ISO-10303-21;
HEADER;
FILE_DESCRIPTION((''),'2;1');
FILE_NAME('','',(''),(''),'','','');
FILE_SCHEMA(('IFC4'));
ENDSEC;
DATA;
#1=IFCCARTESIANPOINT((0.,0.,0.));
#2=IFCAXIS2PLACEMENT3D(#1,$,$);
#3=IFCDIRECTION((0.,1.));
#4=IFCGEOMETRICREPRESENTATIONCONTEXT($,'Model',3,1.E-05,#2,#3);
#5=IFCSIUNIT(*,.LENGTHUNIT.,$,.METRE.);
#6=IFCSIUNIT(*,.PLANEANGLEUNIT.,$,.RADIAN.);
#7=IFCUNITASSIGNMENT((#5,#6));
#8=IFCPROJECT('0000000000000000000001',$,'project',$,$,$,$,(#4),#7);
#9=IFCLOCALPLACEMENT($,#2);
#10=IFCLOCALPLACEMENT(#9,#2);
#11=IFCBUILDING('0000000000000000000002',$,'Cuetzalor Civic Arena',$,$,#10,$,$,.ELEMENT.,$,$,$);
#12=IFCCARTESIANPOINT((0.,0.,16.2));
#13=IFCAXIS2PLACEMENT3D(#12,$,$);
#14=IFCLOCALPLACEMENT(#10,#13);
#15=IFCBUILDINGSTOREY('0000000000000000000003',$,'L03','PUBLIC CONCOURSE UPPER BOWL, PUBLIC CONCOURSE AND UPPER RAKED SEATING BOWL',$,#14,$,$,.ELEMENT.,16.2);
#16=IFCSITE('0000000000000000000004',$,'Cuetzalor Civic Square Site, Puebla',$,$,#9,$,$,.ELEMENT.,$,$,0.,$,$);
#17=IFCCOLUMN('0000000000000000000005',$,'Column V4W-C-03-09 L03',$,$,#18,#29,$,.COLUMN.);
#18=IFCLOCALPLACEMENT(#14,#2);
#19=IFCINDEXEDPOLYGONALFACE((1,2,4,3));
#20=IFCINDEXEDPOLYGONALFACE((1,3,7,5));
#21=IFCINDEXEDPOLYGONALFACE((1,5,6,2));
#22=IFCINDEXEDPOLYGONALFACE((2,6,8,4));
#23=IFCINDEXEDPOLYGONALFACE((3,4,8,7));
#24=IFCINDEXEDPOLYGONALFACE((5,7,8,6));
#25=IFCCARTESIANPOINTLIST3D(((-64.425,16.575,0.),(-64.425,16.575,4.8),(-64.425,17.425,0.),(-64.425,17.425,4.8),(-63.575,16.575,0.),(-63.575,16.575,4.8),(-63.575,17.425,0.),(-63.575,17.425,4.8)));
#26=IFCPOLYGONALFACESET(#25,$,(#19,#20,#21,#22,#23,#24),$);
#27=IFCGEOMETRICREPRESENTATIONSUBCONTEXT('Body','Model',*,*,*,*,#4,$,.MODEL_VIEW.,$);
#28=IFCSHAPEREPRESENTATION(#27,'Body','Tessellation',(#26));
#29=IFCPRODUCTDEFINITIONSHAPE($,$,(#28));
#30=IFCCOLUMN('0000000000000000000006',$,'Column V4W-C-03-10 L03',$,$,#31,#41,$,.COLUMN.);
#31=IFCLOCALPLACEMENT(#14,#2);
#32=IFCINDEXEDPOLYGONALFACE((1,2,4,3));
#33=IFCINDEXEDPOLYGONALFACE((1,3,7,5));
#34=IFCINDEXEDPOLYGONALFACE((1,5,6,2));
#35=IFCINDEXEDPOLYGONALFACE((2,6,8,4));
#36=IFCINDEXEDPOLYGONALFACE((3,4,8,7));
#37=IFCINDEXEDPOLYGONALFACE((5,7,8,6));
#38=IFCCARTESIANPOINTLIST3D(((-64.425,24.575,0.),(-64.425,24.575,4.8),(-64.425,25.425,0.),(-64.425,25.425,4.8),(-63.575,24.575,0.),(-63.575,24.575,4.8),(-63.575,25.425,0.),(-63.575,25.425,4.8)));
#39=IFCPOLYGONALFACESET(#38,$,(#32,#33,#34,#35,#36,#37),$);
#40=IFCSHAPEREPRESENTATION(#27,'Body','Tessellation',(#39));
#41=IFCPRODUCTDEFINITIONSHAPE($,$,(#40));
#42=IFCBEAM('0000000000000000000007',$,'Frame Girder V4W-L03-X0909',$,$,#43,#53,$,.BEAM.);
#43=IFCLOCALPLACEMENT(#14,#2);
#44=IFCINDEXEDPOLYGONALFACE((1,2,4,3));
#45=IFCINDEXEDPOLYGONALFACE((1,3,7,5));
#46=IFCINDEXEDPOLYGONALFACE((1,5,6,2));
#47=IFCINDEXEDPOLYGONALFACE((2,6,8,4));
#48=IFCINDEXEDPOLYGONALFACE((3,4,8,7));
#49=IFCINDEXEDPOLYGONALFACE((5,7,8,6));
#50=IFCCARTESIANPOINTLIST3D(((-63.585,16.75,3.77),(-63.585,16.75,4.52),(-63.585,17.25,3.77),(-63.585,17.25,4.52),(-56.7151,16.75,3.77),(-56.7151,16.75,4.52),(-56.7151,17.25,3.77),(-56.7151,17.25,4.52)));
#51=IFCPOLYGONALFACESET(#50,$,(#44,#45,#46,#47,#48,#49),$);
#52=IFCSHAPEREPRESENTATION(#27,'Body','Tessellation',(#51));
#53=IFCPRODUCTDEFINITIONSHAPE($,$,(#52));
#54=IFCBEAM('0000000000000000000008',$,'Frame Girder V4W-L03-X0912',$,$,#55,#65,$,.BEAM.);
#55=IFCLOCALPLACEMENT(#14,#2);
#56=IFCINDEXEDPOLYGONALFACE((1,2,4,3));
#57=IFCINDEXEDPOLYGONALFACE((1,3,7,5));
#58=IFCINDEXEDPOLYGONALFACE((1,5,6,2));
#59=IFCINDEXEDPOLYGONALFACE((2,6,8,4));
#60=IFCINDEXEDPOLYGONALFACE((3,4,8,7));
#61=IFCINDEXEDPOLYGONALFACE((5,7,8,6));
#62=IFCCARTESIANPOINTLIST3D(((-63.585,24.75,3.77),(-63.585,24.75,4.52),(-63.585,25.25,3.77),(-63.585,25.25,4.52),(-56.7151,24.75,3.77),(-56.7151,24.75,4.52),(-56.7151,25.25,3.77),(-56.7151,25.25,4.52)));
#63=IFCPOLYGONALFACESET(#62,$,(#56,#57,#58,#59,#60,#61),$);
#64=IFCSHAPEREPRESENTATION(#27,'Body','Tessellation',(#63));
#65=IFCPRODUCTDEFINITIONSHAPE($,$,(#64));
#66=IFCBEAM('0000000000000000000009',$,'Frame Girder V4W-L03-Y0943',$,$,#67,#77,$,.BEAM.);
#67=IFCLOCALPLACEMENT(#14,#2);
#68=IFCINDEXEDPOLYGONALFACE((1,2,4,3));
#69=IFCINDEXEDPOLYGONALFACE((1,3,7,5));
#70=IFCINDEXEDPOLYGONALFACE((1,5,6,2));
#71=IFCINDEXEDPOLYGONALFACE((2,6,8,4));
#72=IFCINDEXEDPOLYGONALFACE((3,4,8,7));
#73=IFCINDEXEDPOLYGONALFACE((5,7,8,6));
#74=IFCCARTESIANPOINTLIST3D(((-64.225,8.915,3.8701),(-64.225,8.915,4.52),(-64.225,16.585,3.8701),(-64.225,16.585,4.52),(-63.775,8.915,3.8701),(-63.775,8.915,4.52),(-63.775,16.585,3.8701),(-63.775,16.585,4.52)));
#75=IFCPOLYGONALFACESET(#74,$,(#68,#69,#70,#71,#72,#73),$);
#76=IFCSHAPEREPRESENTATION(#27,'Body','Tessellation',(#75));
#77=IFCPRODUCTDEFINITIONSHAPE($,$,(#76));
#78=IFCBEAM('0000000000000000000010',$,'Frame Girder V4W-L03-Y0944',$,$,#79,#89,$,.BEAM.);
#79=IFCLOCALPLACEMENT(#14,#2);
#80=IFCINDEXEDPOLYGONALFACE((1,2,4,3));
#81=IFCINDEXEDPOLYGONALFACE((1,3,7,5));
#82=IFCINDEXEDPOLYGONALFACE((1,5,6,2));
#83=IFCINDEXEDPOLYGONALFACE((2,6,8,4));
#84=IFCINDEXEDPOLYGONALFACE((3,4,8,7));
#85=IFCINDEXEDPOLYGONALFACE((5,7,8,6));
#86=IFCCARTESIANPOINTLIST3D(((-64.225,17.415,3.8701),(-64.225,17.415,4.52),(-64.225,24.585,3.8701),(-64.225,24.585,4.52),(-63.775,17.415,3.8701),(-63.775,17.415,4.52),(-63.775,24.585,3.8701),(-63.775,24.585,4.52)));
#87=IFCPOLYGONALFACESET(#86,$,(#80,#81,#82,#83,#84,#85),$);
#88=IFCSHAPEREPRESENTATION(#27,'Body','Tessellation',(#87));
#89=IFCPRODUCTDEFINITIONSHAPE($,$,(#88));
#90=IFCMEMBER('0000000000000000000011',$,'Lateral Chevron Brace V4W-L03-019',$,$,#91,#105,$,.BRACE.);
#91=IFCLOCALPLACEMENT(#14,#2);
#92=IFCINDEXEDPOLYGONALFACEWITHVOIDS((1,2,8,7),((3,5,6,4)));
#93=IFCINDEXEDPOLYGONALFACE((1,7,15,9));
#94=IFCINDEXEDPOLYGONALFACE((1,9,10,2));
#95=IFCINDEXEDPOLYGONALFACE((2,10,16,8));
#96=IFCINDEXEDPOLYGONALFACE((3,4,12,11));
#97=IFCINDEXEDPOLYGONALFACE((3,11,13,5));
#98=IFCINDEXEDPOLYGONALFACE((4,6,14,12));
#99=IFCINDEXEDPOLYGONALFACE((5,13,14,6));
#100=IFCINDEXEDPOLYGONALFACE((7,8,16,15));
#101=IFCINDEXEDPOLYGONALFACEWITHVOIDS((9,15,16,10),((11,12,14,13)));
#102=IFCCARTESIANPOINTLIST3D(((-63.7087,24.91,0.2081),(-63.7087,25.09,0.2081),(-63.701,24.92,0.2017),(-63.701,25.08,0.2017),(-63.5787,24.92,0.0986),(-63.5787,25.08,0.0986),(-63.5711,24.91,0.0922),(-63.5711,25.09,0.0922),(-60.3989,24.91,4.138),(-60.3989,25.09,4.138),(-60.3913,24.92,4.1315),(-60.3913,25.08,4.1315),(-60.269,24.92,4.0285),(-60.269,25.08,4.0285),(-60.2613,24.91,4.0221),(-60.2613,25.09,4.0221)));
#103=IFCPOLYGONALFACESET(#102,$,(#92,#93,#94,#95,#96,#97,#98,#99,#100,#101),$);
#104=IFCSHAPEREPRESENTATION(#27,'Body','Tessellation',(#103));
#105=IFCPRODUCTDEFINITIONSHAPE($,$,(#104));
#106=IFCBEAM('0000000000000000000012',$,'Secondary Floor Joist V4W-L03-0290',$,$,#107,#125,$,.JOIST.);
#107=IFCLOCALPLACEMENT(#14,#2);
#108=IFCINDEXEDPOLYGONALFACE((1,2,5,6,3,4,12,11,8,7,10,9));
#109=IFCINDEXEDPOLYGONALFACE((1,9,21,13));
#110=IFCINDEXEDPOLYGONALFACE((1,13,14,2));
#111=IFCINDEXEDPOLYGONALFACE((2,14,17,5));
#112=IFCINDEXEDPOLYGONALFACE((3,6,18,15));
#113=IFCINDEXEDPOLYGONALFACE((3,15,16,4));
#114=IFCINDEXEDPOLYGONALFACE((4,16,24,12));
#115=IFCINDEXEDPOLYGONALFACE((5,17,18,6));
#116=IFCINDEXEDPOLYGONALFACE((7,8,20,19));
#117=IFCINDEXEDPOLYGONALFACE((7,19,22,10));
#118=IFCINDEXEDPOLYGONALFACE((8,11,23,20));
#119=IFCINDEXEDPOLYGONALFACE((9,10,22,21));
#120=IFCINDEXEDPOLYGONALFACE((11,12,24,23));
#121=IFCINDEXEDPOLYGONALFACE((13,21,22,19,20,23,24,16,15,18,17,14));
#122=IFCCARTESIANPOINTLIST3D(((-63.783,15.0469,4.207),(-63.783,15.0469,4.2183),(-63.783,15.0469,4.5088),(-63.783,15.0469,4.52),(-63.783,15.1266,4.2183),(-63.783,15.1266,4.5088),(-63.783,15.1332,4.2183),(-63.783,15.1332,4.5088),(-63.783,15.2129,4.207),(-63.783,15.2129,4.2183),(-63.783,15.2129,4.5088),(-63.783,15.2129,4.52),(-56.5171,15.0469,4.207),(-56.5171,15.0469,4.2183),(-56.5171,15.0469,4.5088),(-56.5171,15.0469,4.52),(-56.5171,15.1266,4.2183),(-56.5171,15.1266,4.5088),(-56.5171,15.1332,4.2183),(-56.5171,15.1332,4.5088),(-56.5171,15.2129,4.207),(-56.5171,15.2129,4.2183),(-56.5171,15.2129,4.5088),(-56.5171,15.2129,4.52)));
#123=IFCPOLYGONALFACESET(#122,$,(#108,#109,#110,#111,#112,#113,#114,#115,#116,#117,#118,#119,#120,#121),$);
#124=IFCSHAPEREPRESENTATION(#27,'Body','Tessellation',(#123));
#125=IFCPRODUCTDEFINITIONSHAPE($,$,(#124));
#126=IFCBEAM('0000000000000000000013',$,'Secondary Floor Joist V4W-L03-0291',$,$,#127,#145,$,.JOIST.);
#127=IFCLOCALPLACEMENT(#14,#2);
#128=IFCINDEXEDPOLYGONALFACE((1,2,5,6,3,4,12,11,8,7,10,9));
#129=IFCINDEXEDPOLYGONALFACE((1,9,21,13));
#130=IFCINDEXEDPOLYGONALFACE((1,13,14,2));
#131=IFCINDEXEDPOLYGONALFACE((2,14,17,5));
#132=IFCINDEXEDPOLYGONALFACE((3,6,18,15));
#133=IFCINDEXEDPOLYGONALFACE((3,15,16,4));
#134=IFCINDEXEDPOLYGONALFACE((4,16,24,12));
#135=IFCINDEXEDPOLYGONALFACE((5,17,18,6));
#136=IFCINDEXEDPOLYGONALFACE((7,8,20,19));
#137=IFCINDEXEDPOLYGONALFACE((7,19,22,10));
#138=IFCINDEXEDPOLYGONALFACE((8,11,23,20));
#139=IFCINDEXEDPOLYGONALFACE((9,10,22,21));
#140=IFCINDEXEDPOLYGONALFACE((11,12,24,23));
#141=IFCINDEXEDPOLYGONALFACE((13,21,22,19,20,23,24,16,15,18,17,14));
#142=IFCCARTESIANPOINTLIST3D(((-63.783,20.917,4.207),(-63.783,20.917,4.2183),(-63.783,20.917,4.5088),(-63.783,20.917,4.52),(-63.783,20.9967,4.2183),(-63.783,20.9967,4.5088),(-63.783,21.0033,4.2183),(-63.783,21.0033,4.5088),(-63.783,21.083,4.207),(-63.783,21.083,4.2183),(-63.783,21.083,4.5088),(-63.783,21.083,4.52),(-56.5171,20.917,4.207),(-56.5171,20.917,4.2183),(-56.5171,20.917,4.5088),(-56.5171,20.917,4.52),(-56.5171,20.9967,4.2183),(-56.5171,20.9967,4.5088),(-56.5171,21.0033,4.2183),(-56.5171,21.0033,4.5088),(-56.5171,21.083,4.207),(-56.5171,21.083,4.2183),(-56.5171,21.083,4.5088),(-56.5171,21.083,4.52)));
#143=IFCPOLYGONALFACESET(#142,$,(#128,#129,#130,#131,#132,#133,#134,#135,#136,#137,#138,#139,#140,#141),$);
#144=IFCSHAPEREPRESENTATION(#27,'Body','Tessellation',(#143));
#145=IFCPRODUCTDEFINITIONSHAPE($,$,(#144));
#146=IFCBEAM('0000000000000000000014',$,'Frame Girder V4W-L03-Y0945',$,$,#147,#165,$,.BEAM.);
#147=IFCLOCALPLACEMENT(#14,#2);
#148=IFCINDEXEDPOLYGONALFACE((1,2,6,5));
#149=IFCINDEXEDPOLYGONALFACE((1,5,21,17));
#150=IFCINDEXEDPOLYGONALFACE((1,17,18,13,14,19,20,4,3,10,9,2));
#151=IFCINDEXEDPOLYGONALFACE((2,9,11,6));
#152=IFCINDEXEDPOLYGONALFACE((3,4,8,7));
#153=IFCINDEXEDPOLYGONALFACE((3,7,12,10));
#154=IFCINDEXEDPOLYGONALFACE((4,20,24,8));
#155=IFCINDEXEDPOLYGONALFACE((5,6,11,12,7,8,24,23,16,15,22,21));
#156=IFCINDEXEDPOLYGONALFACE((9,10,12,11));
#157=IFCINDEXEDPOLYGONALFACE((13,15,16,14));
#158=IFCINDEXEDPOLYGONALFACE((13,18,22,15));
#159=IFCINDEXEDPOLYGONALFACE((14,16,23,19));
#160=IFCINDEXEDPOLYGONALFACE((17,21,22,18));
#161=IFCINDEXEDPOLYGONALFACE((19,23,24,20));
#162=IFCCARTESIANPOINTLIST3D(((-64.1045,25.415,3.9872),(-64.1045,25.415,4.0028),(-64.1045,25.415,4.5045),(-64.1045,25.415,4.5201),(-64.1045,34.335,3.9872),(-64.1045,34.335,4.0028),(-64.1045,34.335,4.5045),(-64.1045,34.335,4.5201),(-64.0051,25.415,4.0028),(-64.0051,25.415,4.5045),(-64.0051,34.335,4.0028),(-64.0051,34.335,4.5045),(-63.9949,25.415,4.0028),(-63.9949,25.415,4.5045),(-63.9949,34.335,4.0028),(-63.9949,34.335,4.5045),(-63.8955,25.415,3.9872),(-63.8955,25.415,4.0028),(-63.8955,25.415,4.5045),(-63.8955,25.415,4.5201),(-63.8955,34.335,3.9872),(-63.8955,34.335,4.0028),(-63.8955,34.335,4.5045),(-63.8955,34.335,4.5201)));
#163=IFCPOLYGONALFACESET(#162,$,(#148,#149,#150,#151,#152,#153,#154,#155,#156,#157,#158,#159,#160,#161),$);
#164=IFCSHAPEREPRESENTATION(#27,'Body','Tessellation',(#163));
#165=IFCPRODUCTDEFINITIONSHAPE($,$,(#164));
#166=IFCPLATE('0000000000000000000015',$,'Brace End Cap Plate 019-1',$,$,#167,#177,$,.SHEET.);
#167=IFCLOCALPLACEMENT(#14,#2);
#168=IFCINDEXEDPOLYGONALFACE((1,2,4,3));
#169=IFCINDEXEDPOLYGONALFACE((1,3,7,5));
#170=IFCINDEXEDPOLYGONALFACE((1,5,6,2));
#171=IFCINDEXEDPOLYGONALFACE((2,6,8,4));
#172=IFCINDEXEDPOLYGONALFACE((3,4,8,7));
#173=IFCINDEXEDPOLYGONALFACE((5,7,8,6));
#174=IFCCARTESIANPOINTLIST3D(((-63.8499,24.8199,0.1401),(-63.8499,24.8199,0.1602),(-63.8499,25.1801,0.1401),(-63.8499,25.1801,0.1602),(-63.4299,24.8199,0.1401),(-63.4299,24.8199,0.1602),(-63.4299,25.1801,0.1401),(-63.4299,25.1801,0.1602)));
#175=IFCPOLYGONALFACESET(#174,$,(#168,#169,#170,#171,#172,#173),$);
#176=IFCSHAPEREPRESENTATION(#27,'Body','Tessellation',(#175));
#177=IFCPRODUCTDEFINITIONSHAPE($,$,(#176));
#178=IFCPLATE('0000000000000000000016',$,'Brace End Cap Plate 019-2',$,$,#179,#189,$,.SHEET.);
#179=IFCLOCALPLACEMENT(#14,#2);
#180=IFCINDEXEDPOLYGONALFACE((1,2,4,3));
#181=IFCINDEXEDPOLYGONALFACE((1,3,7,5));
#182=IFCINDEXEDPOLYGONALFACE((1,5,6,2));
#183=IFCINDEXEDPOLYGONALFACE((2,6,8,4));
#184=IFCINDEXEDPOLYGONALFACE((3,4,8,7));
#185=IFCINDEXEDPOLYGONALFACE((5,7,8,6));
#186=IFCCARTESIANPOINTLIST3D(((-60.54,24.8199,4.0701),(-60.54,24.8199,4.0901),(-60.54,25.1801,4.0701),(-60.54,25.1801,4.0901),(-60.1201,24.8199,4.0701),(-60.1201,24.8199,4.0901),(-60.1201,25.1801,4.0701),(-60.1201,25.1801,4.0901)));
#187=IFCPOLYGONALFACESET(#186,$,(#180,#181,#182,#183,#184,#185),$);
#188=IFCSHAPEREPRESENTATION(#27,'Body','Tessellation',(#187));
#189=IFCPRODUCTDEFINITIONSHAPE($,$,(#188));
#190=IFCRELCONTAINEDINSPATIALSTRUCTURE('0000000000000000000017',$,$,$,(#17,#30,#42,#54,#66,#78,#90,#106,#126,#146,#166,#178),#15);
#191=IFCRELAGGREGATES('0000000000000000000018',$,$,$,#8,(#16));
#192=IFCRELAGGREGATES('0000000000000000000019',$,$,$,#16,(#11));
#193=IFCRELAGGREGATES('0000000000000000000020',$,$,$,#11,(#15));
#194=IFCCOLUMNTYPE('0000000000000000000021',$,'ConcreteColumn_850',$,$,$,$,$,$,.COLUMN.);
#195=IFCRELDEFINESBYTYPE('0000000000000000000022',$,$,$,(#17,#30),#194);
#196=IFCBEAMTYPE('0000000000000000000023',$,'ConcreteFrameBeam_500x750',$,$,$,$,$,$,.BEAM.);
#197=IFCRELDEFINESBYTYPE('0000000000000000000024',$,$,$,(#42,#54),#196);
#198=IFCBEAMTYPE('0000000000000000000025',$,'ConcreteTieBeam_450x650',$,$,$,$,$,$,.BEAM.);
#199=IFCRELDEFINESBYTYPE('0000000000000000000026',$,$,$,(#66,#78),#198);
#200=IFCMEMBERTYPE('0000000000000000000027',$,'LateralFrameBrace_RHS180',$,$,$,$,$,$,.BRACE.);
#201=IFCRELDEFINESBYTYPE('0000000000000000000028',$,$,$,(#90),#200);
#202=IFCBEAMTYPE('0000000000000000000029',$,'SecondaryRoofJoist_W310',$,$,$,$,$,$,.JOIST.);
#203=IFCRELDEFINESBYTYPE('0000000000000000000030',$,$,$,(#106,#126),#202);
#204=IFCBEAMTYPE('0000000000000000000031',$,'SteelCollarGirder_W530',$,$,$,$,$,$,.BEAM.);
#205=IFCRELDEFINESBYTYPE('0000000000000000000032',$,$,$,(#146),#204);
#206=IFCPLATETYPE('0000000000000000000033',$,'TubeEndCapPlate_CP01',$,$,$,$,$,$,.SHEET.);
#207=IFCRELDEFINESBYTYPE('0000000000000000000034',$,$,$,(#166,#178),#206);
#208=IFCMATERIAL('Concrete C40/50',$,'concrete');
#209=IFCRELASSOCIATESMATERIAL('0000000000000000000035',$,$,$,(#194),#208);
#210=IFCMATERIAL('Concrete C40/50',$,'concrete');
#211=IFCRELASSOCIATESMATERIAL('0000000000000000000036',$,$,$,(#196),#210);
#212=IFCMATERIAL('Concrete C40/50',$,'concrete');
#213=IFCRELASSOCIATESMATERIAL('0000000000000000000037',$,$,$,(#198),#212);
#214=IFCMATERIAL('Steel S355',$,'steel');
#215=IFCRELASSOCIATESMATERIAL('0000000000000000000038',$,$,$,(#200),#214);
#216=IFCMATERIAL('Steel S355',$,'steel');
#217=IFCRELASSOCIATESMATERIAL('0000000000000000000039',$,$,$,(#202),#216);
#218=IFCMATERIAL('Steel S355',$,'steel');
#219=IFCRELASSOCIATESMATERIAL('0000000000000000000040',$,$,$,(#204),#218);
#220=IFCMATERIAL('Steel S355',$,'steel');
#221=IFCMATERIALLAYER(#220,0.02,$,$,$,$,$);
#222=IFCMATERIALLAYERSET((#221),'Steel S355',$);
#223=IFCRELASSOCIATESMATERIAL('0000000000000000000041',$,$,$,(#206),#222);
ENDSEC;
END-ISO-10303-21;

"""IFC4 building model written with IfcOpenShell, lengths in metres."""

from ifc_helpers import new_model, si_unit, direction, frame, origin, origin_2d, place, context, subcontext, project, spatial, rectangle, hollow_rectangle, i_section, extrude, material, layer, layer_set, material_profile, profile_set, type_object, element, save


model = new_model("IFC4")

# Units and contexts
model_context = context("Model", 3, precision=1e-05, world=origin(), true_north=direction((0.0, 1.0)))
body_context = subcontext(model_context, "Body", "Model", "MODEL_VIEW")
ifc_project = project(units=[si_unit("LENGTHUNIT", "METRE"), si_unit("PLANEANGLEUNIT", "RADIAN")], contexts=[model_context])

# Site, building, storey
site_placement = place(None, origin())
site = spatial("IfcSite", under=ifc_project, at=site_placement, Name="Cuetzalor Civic Square Site, Puebla", CompositionType="ELEMENT", RefElevation=0.0)
building_placement = place(site_placement, origin())
building = spatial("IfcBuilding", under=site, at=building_placement, Name="Cuetzalor Civic Arena", CompositionType="ELEMENT")
storey_placement = place(building_placement, frame((0.0, 0.0, 16.2)))
storey = spatial("IfcBuildingStorey", under=building, at=storey_placement, Name="L03", Description="PUBLIC CONCOURSE UPPER BOWL, PUBLIC CONCOURSE AND UPPER RAKED SEATING BOWL", CompositionType="ELEMENT", Elevation=16.2)

# Columns
ifc_material_1 = material(Name="Concrete C40/50", Category="concrete")
ifc_material_profile_1 = material_profile(ifc_material_1, rectangle(XDim=0.8501, YDim=0.8501, at=origin_2d()), Name="RC 850x850")
ifc_profile_set_1 = profile_set([ifc_material_profile_1], Name="Concrete C40/50")
column_type = type_object("IfcColumnType", Name="ConcreteColumn_850", PredefinedType="COLUMN", material=ifc_profile_set_1)
for number, where, z_axis, x_axis, name in (
    (1, (-64.0, 17.0, 0.0), (0.0, 0.0, 1.0), (1.0, 0.0, 0.0), "Column V4W-C-03-09 L03"),
    (2, (-64.0, 25.0, 0.0), (0.0, 0.0, 1.0), (1.0, 0.0, 0.0), "Column V4W-C-03-10 L03"),
):
    element("IfcColumn", number, at=place(storey_placement, frame(where, z_axis=z_axis, x_axis=x_axis)), inside=storey, type_object=column_type, Name=name, PredefinedType="COLUMN", context=body_context, shape_type="SweptSolid", body=[
        extrude(rectangle(XDim=0.8501, YDim=0.8501, at=origin_2d()), origin(), (0.0, 0.0, 1.0), 4.8),
    ])

# Beams
ifc_material_2 = material(Name="Concrete C40/50", Category="concrete")
ifc_material_profile_2 = material_profile(ifc_material_2, rectangle(XDim=0.5, YDim=0.75, at=origin_2d()), Name="RC 500x750")
ifc_profile_set_2 = profile_set([ifc_material_profile_2], Name="Concrete C40/50")
beam_type_1 = type_object("IfcBeamType", Name="ConcreteFrameBeam_500x750", PredefinedType="BEAM", material=ifc_profile_set_2)
for number, where, z_axis, x_axis, name in (
    (3, (-63.585, 17.0, 4.145), (1.0, 0.0, 0.0), (0.0, 1.0, 0.0), "Frame Girder V4W-L03-X0909"),
    (4, (-63.585, 25.0, 4.145), (1.0, 0.0, 0.0), (0.0, 1.0, 0.0), "Frame Girder V4W-L03-X0912"),
):
    element("IfcBeam", number, at=place(storey_placement, frame(where, z_axis=z_axis, x_axis=x_axis)), inside=storey, type_object=beam_type_1, Name=name, PredefinedType="BEAM", context=body_context, shape_type="SweptSolid", body=[
        extrude(rectangle(XDim=0.5, YDim=0.75, at=origin_2d()), origin(), (0.0, 0.0, 1.0), 6.8699),
    ])
ifc_material_3 = material(Name="Concrete C40/50", Category="concrete")
ifc_material_profile_3 = material_profile(ifc_material_3, rectangle(XDim=0.45, YDim=0.6499, at=origin_2d()), Name="RC 450x650")
ifc_profile_set_3 = profile_set([ifc_material_profile_3], Name="Concrete C40/50")
beam_type_2 = type_object("IfcBeamType", Name="ConcreteTieBeam_450x650", PredefinedType="BEAM", material=ifc_profile_set_3)
beam_1_placement = place(storey_placement, frame((-64.0, 8.915, 4.1951), z_axis=(0.0, 1.0, 0.0), x_axis=(-1.0, 0.0, 0.0)))
element("IfcBeam", 5, at=beam_1_placement, inside=storey, type_object=beam_type_2, Name="Frame Girder V4W-L03-Y0943", PredefinedType="BEAM", context=body_context, shape_type="SweptSolid", body=[
    extrude(rectangle(XDim=0.45, YDim=0.6499, at=origin_2d()), origin(), (0.0, 0.0, 1.0), 7.6699),
])
beam_2_placement = place(storey_placement, frame((-64.0, 17.415, 4.1951), z_axis=(0.0, 1.0, 0.0), x_axis=(-1.0, 0.0, 0.0)))
element("IfcBeam", 6, at=beam_2_placement, inside=storey, type_object=beam_type_2, Name="Frame Girder V4W-L03-Y0944", PredefinedType="BEAM", context=body_context, shape_type="SweptSolid", body=[
    extrude(rectangle(XDim=0.45, YDim=0.6499, at=origin_2d()), origin(), (0.0, 0.0, 1.0), 7.1699),
])

# Member
ifc_material_4 = material(Name="Steel S355", Category="steel")
ifc_material_profile_4 = material_profile(ifc_material_4, hollow_rectangle(XDim=0.1799, YDim=0.1799, WallThickness=0.01, at=origin_2d()), Name="RHS 180x180x10")
ifc_profile_set_4 = profile_set([ifc_material_profile_4], Name="Steel S355")
member_type = type_object("IfcMemberType", Name="LateralFrameBrace_RHS180", PredefinedType="BRACE", material=ifc_profile_set_4)
member_placement = place(storey_placement, frame((-63.6399, 25.0, 0.1501), z_axis=(0.644181, 0.0, 0.764873), x_axis=(0.0, 1.0, 0.0)))
element("IfcMember", 7, at=member_placement, inside=storey, type_object=member_type, Name="Lateral Chevron Brace V4W-L03-019", PredefinedType="BRACE", context=body_context, shape_type="SweptSolid", body=[
    extrude(hollow_rectangle(XDim=0.1799, YDim=0.1799, WallThickness=0.01, at=origin_2d()), origin(), (0.0, 0.0, 1.0), 5.1379),
])

# Beams
ifc_material_5 = material(Name="Steel S355", Category="steel")
ifc_material_profile_5 = material_profile(ifc_material_5, i_section(OverallWidth=0.166, OverallDepth=0.313, WebThickness=0.0066, FlangeThickness=0.0112, at=origin_2d()), Name="W310x45")
ifc_profile_set_5 = profile_set([ifc_material_profile_5], Name="Steel S355")
beam_type_3 = type_object("IfcBeamType", Name="SecondaryRoofJoist_W310", PredefinedType="JOIST", material=ifc_profile_set_5)
for number, where, z_axis, x_axis, name in (
    (8, (-63.783, 15.1299, 4.3635), (1.0, 0.0, 0.0), (0.0, 1.0, 0.0), "Secondary Floor Joist V4W-L03-0290"),
    (9, (-63.783, 21.0, 4.3635), (1.0, 0.0, 0.0), (0.0, 1.0, 0.0), "Secondary Floor Joist V4W-L03-0291"),
):
    element("IfcBeam", number, at=place(storey_placement, frame(where, z_axis=z_axis, x_axis=x_axis)), inside=storey, type_object=beam_type_3, Name=name, PredefinedType="JOIST", context=body_context, shape_type="SweptSolid", body=[
        extrude(i_section(OverallWidth=0.166, OverallDepth=0.313, WebThickness=0.0066, FlangeThickness=0.0112, at=origin_2d()), origin(), (0.0, 0.0, 1.0), 7.2659),
    ])
ifc_material_6 = material(Name="Steel S355", Category="steel")
ifc_material_profile_6 = material_profile(ifc_material_6, i_section(OverallWidth=0.209, OverallDepth=0.533, WebThickness=0.0103, FlangeThickness=0.0156, at=origin_2d()), Name="W530x92")
ifc_profile_set_6 = profile_set([ifc_material_profile_6], Name="Steel S355")
beam_type_4 = type_object("IfcBeamType", Name="SteelCollarGirder_W530", PredefinedType="BEAM", material=ifc_profile_set_6)
beam_3_placement = place(storey_placement, frame((-64.0, 25.415, 4.2537), z_axis=(0.0, 1.0, 0.0), x_axis=(-1.0, 0.0, 0.0)))
element("IfcBeam", 10, at=beam_3_placement, inside=storey, type_object=beam_type_4, Name="Frame Girder V4W-L03-Y0945", PredefinedType="BEAM", context=body_context, shape_type="SweptSolid", body=[
    extrude(i_section(OverallWidth=0.209, OverallDepth=0.533, WebThickness=0.0103, FlangeThickness=0.0156, at=origin_2d()), origin(), (0.0, 0.0, 1.0), 8.9199),
])

# Plates
ifc_material_7 = material(Name="Steel S355", Category="steel")
ifc_layer_1 = layer(ifc_material_7, 0.02)
ifc_layer_set_1 = layer_set([ifc_layer_1], Name="Steel S355")
plate_type = type_object("IfcPlateType", Name="TubeEndCapPlate_CP01", PredefinedType="SHEET", material=ifc_layer_set_1)
for number, where, z_axis, x_axis, name in (
    (11, (-63.6399, 25.0, 0.1401), (0.0, 0.0, 1.0), (1.0, 0.0, 0.0), "Brace End Cap Plate 019-1"),
    (12, (-60.3301, 25.0, 4.0701), (0.0, 0.0, 1.0), (1.0, 0.0, 0.0), "Brace End Cap Plate 019-2"),
):
    element("IfcPlate", number, at=place(storey_placement, frame(where, z_axis=z_axis, x_axis=x_axis)), inside=storey, type_object=plate_type, Name=name, PredefinedType="SHEET", context=body_context, shape_type="SweptSolid", body=[
        extrude(rectangle(XDim=0.4199, YDim=0.3601, at=origin_2d()), origin(), (0.0, 0.0, 1.0), 0.02),
    ])

save(model, "model.ifc")
